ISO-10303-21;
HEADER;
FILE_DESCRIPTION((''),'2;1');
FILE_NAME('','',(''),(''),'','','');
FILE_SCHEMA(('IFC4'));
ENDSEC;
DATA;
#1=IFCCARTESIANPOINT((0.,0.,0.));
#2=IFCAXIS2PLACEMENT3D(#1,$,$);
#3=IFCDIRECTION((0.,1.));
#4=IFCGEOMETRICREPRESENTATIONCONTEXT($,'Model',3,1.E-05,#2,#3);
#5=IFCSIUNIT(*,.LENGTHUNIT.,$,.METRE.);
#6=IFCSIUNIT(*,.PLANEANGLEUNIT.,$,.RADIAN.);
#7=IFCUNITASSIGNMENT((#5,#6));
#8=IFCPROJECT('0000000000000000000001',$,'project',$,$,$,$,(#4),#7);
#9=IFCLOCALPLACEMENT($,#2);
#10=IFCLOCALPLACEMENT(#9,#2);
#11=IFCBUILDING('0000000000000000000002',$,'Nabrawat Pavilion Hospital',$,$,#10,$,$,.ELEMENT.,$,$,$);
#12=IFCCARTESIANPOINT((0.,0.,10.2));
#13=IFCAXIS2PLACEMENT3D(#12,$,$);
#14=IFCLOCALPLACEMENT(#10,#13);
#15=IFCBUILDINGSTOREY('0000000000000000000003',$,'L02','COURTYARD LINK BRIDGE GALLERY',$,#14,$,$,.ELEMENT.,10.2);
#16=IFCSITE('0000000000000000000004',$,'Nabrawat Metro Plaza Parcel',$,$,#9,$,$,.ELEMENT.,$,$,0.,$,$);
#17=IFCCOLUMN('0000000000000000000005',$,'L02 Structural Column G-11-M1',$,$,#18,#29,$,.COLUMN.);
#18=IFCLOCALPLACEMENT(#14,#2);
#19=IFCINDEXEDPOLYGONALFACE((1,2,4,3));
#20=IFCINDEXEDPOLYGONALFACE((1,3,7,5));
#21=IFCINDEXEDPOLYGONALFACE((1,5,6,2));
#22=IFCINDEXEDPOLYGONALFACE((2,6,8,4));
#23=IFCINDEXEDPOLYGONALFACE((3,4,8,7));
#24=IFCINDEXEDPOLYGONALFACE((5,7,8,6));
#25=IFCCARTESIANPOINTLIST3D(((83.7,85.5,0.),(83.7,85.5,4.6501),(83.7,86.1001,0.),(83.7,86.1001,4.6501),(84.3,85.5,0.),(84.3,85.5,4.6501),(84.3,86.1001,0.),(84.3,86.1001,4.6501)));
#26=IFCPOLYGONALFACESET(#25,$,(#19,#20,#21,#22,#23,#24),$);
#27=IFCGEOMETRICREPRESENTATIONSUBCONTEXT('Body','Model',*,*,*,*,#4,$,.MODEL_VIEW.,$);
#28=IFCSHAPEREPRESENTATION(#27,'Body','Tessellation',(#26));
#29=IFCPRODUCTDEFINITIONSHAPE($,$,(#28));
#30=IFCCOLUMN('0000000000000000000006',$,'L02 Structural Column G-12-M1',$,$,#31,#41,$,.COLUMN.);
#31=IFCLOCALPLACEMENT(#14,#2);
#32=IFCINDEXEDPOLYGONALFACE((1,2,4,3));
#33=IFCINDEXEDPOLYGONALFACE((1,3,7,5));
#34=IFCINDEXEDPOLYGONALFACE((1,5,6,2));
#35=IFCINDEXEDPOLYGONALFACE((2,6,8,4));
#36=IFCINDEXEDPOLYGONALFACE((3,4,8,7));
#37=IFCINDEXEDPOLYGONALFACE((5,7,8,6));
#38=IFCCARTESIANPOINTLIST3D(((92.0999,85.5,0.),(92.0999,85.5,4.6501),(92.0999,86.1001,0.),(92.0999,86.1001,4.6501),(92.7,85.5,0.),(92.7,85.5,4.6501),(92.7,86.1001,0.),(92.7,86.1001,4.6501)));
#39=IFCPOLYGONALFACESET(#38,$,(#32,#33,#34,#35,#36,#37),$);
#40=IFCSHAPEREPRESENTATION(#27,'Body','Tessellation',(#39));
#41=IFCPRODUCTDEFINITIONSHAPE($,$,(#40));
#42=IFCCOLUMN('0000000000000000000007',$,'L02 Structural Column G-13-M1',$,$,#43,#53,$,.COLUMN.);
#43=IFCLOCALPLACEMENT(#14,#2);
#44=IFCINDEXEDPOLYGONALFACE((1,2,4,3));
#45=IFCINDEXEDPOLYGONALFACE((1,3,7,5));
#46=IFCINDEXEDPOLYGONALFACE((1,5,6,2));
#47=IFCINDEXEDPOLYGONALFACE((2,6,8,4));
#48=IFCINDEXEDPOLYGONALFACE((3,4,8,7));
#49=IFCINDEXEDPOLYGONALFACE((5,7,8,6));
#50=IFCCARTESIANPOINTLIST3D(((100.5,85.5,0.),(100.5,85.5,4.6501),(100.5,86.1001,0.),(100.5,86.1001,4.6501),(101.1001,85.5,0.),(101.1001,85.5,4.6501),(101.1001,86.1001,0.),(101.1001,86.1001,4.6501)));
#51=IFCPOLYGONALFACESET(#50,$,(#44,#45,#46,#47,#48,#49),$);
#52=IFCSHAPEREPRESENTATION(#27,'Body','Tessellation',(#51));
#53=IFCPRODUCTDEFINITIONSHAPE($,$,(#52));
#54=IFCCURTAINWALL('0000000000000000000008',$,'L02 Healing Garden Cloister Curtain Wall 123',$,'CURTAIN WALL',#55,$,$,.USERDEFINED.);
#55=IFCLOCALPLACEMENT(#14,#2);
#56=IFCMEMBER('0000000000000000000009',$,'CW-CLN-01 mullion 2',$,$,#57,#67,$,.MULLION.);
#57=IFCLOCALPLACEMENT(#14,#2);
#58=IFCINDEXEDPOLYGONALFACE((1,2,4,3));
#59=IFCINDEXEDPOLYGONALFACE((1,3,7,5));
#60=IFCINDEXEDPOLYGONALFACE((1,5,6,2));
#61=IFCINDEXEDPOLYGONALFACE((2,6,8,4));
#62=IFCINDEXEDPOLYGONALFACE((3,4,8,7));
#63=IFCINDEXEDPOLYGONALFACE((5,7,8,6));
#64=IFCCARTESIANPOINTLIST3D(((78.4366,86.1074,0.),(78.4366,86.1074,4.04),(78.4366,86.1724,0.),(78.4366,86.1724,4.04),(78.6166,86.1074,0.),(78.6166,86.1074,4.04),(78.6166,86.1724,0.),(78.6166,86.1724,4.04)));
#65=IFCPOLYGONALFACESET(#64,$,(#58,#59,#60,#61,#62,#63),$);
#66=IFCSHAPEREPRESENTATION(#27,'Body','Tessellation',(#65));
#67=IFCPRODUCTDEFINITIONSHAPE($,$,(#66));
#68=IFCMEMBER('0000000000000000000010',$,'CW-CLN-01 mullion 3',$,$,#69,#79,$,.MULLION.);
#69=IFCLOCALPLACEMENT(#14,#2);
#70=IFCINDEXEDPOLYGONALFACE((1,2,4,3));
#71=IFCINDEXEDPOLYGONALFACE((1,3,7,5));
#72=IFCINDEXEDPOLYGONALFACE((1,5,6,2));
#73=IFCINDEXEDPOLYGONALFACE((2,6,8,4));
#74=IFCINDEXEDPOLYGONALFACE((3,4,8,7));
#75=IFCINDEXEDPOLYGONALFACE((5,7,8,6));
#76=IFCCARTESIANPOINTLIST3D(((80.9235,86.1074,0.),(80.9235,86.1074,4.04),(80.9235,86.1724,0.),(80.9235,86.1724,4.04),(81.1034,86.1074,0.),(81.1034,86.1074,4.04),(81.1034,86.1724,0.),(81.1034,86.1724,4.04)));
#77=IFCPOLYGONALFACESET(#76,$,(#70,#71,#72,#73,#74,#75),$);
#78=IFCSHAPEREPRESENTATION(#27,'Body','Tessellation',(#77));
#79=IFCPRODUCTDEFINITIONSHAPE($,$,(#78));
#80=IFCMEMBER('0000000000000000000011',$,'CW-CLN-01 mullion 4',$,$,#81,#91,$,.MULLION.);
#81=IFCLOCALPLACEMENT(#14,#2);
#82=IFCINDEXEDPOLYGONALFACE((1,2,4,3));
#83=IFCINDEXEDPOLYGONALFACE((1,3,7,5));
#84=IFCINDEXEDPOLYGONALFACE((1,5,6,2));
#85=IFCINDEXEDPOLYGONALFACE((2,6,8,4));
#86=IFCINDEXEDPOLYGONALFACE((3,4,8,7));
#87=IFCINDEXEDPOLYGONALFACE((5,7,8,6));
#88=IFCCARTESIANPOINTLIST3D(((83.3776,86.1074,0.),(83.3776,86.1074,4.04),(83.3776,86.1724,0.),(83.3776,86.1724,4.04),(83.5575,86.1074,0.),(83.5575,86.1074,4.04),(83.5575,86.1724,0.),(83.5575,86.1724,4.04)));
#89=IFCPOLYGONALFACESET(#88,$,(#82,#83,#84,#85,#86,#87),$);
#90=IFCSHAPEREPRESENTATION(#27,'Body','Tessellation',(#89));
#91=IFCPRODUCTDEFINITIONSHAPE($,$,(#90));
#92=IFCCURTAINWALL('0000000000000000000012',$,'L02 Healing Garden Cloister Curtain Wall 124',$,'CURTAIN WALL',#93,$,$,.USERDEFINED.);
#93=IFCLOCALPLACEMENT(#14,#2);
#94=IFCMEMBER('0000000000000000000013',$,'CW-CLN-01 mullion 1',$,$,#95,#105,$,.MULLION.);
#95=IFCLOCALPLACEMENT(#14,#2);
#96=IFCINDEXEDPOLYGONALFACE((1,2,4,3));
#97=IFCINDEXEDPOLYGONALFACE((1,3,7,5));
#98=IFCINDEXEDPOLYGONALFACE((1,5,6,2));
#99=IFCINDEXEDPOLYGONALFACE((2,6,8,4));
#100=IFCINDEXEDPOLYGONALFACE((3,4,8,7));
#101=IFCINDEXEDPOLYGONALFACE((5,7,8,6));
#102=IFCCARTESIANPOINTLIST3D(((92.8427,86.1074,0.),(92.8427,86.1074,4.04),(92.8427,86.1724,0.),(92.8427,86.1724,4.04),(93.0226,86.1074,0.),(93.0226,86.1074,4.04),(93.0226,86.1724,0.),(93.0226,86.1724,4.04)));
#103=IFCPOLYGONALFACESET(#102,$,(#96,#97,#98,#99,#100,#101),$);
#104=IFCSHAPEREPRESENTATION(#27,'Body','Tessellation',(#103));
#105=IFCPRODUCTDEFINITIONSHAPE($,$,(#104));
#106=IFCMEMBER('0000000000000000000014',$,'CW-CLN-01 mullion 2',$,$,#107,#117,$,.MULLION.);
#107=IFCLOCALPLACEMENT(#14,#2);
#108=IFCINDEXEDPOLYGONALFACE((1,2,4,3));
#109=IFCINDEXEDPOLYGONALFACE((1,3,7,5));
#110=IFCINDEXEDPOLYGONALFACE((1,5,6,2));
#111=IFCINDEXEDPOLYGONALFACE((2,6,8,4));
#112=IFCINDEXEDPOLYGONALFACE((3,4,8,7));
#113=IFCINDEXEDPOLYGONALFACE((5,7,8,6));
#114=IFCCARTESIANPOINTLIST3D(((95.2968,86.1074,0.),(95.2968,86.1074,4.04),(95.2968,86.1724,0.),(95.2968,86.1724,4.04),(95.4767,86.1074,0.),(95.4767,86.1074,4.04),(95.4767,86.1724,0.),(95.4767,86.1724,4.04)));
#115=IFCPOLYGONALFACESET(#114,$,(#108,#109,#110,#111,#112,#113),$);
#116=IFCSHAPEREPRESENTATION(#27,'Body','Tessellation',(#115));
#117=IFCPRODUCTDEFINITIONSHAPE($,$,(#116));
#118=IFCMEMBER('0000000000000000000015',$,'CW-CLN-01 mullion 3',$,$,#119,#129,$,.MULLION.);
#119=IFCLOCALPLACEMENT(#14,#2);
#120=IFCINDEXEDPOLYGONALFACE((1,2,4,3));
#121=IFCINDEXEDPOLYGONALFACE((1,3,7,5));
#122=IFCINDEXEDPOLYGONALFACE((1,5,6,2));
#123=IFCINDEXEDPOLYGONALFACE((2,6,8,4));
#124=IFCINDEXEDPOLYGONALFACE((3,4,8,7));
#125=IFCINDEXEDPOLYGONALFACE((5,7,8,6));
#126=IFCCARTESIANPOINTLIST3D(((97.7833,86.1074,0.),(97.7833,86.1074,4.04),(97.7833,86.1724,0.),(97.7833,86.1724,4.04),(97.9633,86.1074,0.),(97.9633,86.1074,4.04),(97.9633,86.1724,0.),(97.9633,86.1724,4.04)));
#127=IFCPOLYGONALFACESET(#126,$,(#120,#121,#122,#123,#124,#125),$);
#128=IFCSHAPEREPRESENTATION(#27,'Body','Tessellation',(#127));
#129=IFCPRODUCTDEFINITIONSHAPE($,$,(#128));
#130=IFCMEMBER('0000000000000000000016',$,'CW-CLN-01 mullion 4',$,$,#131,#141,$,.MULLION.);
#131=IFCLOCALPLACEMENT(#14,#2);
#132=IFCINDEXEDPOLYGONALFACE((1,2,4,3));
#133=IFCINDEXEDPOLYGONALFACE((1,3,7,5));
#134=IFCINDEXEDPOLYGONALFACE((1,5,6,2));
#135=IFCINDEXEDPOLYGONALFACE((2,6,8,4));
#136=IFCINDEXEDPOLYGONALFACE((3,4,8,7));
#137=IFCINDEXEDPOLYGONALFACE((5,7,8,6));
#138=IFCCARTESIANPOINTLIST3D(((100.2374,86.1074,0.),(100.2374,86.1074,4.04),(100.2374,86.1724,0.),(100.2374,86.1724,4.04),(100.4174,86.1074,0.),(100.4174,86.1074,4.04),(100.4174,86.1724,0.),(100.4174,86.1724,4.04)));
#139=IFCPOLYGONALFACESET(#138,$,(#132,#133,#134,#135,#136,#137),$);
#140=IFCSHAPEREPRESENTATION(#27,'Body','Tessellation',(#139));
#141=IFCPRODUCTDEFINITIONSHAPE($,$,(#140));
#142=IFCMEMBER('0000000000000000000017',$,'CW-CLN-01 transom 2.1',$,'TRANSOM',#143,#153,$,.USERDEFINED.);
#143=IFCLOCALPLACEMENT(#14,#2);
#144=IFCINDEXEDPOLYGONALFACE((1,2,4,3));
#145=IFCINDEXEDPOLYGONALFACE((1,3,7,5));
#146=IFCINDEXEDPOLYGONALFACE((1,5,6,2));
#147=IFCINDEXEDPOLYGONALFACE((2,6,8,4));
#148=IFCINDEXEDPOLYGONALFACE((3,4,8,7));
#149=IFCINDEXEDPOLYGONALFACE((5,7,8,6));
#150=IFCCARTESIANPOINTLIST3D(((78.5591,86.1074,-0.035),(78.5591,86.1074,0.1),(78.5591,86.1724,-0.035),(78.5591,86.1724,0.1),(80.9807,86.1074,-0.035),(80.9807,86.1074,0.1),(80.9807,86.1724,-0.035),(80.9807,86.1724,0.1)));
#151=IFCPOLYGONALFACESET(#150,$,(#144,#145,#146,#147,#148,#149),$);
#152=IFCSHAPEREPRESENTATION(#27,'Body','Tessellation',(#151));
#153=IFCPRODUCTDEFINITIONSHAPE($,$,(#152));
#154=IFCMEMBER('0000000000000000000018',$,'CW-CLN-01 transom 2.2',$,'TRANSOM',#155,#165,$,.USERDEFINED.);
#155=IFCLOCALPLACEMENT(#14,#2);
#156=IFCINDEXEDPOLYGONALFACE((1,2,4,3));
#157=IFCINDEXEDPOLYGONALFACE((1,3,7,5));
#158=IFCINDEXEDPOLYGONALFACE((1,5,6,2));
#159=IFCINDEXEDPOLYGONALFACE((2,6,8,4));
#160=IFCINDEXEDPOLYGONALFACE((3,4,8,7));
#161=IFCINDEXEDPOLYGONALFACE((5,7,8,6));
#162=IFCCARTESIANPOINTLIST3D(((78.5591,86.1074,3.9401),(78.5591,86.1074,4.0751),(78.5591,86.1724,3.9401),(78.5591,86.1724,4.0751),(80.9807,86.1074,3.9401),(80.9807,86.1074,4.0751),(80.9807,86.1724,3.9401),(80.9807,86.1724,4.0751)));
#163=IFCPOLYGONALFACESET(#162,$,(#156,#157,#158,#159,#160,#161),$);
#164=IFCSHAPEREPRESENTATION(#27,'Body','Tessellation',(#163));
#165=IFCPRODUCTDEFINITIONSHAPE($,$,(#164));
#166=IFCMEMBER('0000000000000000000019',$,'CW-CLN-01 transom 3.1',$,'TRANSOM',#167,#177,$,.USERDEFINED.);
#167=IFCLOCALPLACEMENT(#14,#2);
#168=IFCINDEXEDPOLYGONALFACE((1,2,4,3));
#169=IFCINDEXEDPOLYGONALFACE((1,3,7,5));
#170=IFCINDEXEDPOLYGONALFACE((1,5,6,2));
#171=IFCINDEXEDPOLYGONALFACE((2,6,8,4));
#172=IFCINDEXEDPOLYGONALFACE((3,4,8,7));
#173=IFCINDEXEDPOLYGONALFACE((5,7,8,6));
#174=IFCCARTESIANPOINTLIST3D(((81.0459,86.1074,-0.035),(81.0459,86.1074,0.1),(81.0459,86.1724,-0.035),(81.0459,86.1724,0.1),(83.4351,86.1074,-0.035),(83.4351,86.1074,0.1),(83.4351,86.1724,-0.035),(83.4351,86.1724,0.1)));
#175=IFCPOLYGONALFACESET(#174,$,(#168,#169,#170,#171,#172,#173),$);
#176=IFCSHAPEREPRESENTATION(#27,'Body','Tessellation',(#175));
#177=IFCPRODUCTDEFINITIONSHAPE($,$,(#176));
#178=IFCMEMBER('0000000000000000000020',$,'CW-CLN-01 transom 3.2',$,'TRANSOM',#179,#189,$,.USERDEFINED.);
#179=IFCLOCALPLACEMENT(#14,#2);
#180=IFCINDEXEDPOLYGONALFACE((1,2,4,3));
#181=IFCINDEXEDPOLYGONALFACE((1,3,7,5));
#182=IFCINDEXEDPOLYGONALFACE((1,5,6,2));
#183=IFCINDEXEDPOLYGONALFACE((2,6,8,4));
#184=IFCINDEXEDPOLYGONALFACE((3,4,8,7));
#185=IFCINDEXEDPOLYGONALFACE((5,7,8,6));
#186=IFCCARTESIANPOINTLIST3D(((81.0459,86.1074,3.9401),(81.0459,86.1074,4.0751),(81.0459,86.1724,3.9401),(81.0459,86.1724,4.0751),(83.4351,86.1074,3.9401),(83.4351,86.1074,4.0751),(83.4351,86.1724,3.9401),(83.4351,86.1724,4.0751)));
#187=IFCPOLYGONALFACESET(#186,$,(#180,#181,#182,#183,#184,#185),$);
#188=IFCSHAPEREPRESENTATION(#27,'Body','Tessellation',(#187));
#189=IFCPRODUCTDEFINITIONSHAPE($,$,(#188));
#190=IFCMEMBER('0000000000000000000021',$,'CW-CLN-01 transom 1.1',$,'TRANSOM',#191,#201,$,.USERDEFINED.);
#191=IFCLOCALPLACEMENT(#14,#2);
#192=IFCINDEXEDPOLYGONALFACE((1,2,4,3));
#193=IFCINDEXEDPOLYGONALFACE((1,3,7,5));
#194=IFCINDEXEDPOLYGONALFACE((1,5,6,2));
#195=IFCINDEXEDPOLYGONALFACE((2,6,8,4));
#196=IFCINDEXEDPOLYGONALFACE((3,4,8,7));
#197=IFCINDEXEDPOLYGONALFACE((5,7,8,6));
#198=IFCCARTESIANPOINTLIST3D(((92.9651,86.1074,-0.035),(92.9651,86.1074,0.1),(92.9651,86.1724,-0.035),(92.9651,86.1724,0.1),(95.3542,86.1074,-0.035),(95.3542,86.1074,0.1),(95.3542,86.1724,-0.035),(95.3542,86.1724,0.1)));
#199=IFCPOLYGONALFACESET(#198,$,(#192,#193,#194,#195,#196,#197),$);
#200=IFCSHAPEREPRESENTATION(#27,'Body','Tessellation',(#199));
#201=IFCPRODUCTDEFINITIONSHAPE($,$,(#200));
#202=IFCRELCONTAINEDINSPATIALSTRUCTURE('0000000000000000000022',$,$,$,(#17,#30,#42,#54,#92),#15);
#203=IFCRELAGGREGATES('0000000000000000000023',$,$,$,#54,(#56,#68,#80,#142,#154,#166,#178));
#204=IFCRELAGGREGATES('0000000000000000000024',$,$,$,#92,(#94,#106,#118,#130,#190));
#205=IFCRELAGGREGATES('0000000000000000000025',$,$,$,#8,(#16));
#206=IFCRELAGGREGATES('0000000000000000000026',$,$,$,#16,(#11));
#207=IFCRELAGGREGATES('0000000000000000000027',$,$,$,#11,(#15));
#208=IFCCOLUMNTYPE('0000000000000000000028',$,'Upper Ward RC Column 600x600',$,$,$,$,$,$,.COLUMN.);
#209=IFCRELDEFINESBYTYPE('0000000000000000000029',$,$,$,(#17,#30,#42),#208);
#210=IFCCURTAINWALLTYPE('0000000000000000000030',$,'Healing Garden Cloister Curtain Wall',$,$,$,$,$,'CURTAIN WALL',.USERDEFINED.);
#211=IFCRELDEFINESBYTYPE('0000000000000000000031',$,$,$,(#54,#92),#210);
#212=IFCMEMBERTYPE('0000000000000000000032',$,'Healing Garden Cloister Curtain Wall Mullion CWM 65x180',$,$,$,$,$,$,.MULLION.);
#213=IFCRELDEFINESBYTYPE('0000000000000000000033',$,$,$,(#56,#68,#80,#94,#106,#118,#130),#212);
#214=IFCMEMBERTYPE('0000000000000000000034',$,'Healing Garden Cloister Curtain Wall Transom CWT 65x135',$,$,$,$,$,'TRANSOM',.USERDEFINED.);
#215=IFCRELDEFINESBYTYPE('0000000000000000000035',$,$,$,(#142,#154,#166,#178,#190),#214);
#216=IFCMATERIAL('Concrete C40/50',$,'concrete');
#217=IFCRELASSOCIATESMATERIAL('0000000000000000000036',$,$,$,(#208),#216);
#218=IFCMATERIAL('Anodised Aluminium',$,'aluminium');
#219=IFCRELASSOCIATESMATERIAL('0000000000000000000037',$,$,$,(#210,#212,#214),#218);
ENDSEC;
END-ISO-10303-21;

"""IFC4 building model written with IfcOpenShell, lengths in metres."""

from ifc_helpers import new_model, si_unit, direction, frame, origin, origin_2d, place, context, subcontext, project, spatial, rectangle, extrude, material, material_profile, profile_set, type_object, element, aggregate, save


model = new_model("IFC4")

# Units and contexts
model_context = context("Model", 3, precision=1e-05, world=origin(), true_north=direction((0.0, 1.0)))
body_context = subcontext(model_context, "Body", "Model", "MODEL_VIEW")
ifc_project = project(units=[si_unit("LENGTHUNIT", "METRE"), si_unit("PLANEANGLEUNIT", "RADIAN")], contexts=[model_context])

# Site, building, storey
site_placement = place(None, origin())
site = spatial("IfcSite", under=ifc_project, at=site_placement, Name="Nabrawat Metro Plaza Parcel", CompositionType="ELEMENT", RefElevation=0.0)
building_placement = place(site_placement, origin())
building = spatial("IfcBuilding", under=site, at=building_placement, Name="Nabrawat Pavilion Hospital", CompositionType="ELEMENT")
storey_placement = place(building_placement, frame((0.0, 0.0, 10.2)))
storey = spatial("IfcBuildingStorey", under=building, at=storey_placement, Name="L02", Description="COURTYARD LINK BRIDGE GALLERY", CompositionType="ELEMENT", Elevation=10.2)

# Columns
ifc_material_1 = material(Name="Concrete C40/50", Category="concrete")
ifc_material_profile_1 = material_profile(ifc_material_1, rectangle(XDim=0.6001, YDim=0.6001, at=origin_2d()), Name="RC 600x600")
ifc_profile_set_1 = profile_set([ifc_material_profile_1], Name="Concrete C40/50")
column_type = type_object("IfcColumnType", Name="Upper Ward RC Column 600x600", PredefinedType="COLUMN", material=ifc_profile_set_1)
for number, where, z_axis, x_axis, name in (
    (1, (84.0, 85.8, 0.0), (0.0, 0.0, 1.0), (1.0, 0.0, 0.0), "L02 Structural Column G-11-M1"),
    (2, (92.3999, 85.8, 0.0), (0.0, 0.0, 1.0), (1.0, 0.0, 0.0), "L02 Structural Column G-12-M1"),
    (3, (100.8, 85.8, 0.0), (0.0, 0.0, 1.0), (1.0, 0.0, 0.0), "L02 Structural Column G-13-M1"),
):
    element("IfcColumn", number, at=place(storey_placement, frame(where, z_axis=z_axis, x_axis=x_axis)), inside=storey, type_object=column_type, Name=name, PredefinedType="COLUMN", context=body_context, shape_type="SweptSolid", body=[
        extrude(rectangle(XDim=0.6001, YDim=0.6001, at=origin_2d()), origin(), (0.0, 0.0, 1.0), 4.6501),
    ])

# Curtain walls, members
ifc_material_2 = material(Name="Anodised Aluminium", Category="aluminium")
curtain_wall_type = type_object("IfcCurtainWallType", Name="Healing Garden Cloister Curtain Wall", ElementType="CURTAIN WALL", PredefinedType="USERDEFINED", material=ifc_material_2)
curtain_wall_1_placement = place(storey_placement, origin())
curtain_wall_1 = element("IfcCurtainWall", 4, at=curtain_wall_1_placement, inside=storey, type_object=curtain_wall_type, Name="L02 Healing Garden Cloister Curtain Wall 123", ObjectType="CURTAIN WALL", PredefinedType="USERDEFINED")
ifc_material_profile_2 = material_profile(ifc_material_2, rectangle(XDim=0.0649, YDim=0.1799, at=origin_2d()), Name="CWM 65x180")
ifc_profile_set_2 = profile_set([ifc_material_profile_2], Name="Anodised Aluminium")
member_type_1 = type_object("IfcMemberType", Name="Healing Garden Cloister Curtain Wall Mullion CWM 65x180", PredefinedType="MULLION", material=ifc_profile_set_2)
member_1_placement = place(storey_placement, frame((78.5266, 86.1399, 0.0), z_axis=(0.0, 0.0, 1.0), x_axis=(0.0, 1.0, 0.0)))
member_1 = element("IfcMember", 5, at=member_1_placement, type_object=member_type_1, Name="CW-CLN-01 mullion 2", PredefinedType="MULLION", context=body_context, shape_type="SweptSolid", body=[
    extrude(rectangle(XDim=0.0649, YDim=0.1799, at=origin_2d()), origin(), (0.0, 0.0, 1.0), 4.04),
])
member_2_placement = place(storey_placement, frame((81.0134, 86.1399, 0.0), z_axis=(0.0, 0.0, 1.0), x_axis=(0.0, 1.0, 0.0)))
member_2 = element("IfcMember", 6, at=member_2_placement, type_object=member_type_1, Name="CW-CLN-01 mullion 3", PredefinedType="MULLION", context=body_context, shape_type="SweptSolid", body=[
    extrude(rectangle(XDim=0.0649, YDim=0.1799, at=origin_2d()), origin(), (0.0, 0.0, 1.0), 4.04),
])
member_3_placement = place(storey_placement, frame((83.4675, 86.1399, 0.0), z_axis=(0.0, 0.0, 1.0), x_axis=(0.0, 1.0, 0.0)))
member_3 = element("IfcMember", 7, at=member_3_placement, type_object=member_type_1, Name="CW-CLN-01 mullion 4", PredefinedType="MULLION", context=body_context, shape_type="SweptSolid", body=[
    extrude(rectangle(XDim=0.0649, YDim=0.1799, at=origin_2d()), origin(), (0.0, 0.0, 1.0), 4.04),
])
curtain_wall_2_placement = place(storey_placement, origin())
curtain_wall_2 = element("IfcCurtainWall", 8, at=curtain_wall_2_placement, inside=storey, type_object=curtain_wall_type, Name="L02 Healing Garden Cloister Curtain Wall 124", ObjectType="CURTAIN WALL", PredefinedType="USERDEFINED")
member_4_placement = place(storey_placement, frame((92.9326, 86.1399, 0.0), z_axis=(0.0, 0.0, 1.0), x_axis=(0.0, 1.0, 0.0)))
member_4 = element("IfcMember", 9, at=member_4_placement, type_object=member_type_1, Name="CW-CLN-01 mullion 1", PredefinedType="MULLION", context=body_context, shape_type="SweptSolid", body=[
    extrude(rectangle(XDim=0.0649, YDim=0.1799, at=origin_2d()), origin(), (0.0, 0.0, 1.0), 4.04),
])
member_5_placement = place(storey_placement, frame((95.3867, 86.1399, 0.0), z_axis=(0.0, 0.0, 1.0), x_axis=(0.0, 1.0, 0.0)))
member_5 = element("IfcMember", 10, at=member_5_placement, type_object=member_type_1, Name="CW-CLN-01 mullion 2", PredefinedType="MULLION", context=body_context, shape_type="SweptSolid", body=[
    extrude(rectangle(XDim=0.0649, YDim=0.1799, at=origin_2d()), origin(), (0.0, 0.0, 1.0), 4.04),
])
member_6_placement = place(storey_placement, frame((97.8733, 86.1399, 0.0), z_axis=(0.0, 0.0, 1.0), x_axis=(0.0, 1.0, 0.0)))
member_6 = element("IfcMember", 11, at=member_6_placement, type_object=member_type_1, Name="CW-CLN-01 mullion 3", PredefinedType="MULLION", context=body_context, shape_type="SweptSolid", body=[
    extrude(rectangle(XDim=0.0649, YDim=0.1799, at=origin_2d()), origin(), (0.0, 0.0, 1.0), 4.04),
])
member_7_placement = place(storey_placement, frame((100.3274, 86.1399, 0.0), z_axis=(0.0, 0.0, 1.0), x_axis=(0.0, 1.0, 0.0)))
member_7 = element("IfcMember", 12, at=member_7_placement, type_object=member_type_1, Name="CW-CLN-01 mullion 4", PredefinedType="MULLION", context=body_context, shape_type="SweptSolid", body=[
    extrude(rectangle(XDim=0.0649, YDim=0.1799, at=origin_2d()), origin(), (0.0, 0.0, 1.0), 4.04),
])

# Members
ifc_material_profile_3 = material_profile(ifc_material_2, rectangle(XDim=0.0649, YDim=0.135, at=origin_2d()), Name="CWT 65x135")
ifc_profile_set_3 = profile_set([ifc_material_profile_3], Name="Anodised Aluminium")
member_type_2 = type_object("IfcMemberType", Name="Healing Garden Cloister Curtain Wall Transom CWT 65x135", ElementType="TRANSOM", PredefinedType="USERDEFINED", material=ifc_profile_set_3)
member_8_placement = place(storey_placement, frame((78.5591, 86.1399, 0.0325), z_axis=(1.0, 0.0, 0.0), x_axis=(0.0, 1.0, 0.0)))
member_8 = element("IfcMember", 13, at=member_8_placement, type_object=member_type_2, Name="CW-CLN-01 transom 2.1", ObjectType="TRANSOM", PredefinedType="USERDEFINED", context=body_context, shape_type="SweptSolid", body=[
    extrude(rectangle(XDim=0.0649, YDim=0.135, at=origin_2d()), origin(), (0.0, 0.0, 1.0), 2.4216),
])
member_9_placement = place(storey_placement, frame((78.5591, 86.1399, 4.0076), z_axis=(1.0, 0.0, 0.0), x_axis=(0.0, 1.0, 0.0)))
member_9 = element("IfcMember", 14, at=member_9_placement, type_object=member_type_2, Name="CW-CLN-01 transom 2.2", ObjectType="TRANSOM", PredefinedType="USERDEFINED", context=body_context, shape_type="SweptSolid", body=[
    extrude(rectangle(XDim=0.0649, YDim=0.135, at=origin_2d()), origin(), (0.0, 0.0, 1.0), 2.4216),
])
member_10_placement = place(storey_placement, frame((81.0459, 86.1399, 0.0325), z_axis=(1.0, 0.0, 0.0), x_axis=(0.0, 1.0, 0.0)))
member_10 = element("IfcMember", 15, at=member_10_placement, type_object=member_type_2, Name="CW-CLN-01 transom 3.1", ObjectType="TRANSOM", PredefinedType="USERDEFINED", context=body_context, shape_type="SweptSolid", body=[
    extrude(rectangle(XDim=0.0649, YDim=0.135, at=origin_2d()), origin(), (0.0, 0.0, 1.0), 2.3892),
])
member_11_placement = place(storey_placement, frame((81.0459, 86.1399, 4.0076), z_axis=(1.0, 0.0, 0.0), x_axis=(0.0, 1.0, 0.0)))
member_11 = element("IfcMember", 16, at=member_11_placement, type_object=member_type_2, Name="CW-CLN-01 transom 3.2", ObjectType="TRANSOM", PredefinedType="USERDEFINED", context=body_context, shape_type="SweptSolid", body=[
    extrude(rectangle(XDim=0.0649, YDim=0.135, at=origin_2d()), origin(), (0.0, 0.0, 1.0), 2.3892),
])
member_12_placement = place(storey_placement, frame((92.9651, 86.1399, 0.0325), z_axis=(1.0, 0.0, 0.0), x_axis=(0.0, 1.0, 0.0)))
member_12 = element("IfcMember", 17, at=member_12_placement, type_object=member_type_2, Name="CW-CLN-01 transom 1.1", ObjectType="TRANSOM", PredefinedType="USERDEFINED", context=body_context, shape_type="SweptSolid", body=[
    extrude(rectangle(XDim=0.0649, YDim=0.135, at=origin_2d()), origin(), (0.0, 0.0, 1.0), 2.3892),
])

aggregate(curtain_wall_1, [member_1, member_2, member_3, member_8, member_9, member_10, member_11])
aggregate(curtain_wall_2, [member_4, member_5, member_6, member_7, member_12])

save(model, "model.ifc")
